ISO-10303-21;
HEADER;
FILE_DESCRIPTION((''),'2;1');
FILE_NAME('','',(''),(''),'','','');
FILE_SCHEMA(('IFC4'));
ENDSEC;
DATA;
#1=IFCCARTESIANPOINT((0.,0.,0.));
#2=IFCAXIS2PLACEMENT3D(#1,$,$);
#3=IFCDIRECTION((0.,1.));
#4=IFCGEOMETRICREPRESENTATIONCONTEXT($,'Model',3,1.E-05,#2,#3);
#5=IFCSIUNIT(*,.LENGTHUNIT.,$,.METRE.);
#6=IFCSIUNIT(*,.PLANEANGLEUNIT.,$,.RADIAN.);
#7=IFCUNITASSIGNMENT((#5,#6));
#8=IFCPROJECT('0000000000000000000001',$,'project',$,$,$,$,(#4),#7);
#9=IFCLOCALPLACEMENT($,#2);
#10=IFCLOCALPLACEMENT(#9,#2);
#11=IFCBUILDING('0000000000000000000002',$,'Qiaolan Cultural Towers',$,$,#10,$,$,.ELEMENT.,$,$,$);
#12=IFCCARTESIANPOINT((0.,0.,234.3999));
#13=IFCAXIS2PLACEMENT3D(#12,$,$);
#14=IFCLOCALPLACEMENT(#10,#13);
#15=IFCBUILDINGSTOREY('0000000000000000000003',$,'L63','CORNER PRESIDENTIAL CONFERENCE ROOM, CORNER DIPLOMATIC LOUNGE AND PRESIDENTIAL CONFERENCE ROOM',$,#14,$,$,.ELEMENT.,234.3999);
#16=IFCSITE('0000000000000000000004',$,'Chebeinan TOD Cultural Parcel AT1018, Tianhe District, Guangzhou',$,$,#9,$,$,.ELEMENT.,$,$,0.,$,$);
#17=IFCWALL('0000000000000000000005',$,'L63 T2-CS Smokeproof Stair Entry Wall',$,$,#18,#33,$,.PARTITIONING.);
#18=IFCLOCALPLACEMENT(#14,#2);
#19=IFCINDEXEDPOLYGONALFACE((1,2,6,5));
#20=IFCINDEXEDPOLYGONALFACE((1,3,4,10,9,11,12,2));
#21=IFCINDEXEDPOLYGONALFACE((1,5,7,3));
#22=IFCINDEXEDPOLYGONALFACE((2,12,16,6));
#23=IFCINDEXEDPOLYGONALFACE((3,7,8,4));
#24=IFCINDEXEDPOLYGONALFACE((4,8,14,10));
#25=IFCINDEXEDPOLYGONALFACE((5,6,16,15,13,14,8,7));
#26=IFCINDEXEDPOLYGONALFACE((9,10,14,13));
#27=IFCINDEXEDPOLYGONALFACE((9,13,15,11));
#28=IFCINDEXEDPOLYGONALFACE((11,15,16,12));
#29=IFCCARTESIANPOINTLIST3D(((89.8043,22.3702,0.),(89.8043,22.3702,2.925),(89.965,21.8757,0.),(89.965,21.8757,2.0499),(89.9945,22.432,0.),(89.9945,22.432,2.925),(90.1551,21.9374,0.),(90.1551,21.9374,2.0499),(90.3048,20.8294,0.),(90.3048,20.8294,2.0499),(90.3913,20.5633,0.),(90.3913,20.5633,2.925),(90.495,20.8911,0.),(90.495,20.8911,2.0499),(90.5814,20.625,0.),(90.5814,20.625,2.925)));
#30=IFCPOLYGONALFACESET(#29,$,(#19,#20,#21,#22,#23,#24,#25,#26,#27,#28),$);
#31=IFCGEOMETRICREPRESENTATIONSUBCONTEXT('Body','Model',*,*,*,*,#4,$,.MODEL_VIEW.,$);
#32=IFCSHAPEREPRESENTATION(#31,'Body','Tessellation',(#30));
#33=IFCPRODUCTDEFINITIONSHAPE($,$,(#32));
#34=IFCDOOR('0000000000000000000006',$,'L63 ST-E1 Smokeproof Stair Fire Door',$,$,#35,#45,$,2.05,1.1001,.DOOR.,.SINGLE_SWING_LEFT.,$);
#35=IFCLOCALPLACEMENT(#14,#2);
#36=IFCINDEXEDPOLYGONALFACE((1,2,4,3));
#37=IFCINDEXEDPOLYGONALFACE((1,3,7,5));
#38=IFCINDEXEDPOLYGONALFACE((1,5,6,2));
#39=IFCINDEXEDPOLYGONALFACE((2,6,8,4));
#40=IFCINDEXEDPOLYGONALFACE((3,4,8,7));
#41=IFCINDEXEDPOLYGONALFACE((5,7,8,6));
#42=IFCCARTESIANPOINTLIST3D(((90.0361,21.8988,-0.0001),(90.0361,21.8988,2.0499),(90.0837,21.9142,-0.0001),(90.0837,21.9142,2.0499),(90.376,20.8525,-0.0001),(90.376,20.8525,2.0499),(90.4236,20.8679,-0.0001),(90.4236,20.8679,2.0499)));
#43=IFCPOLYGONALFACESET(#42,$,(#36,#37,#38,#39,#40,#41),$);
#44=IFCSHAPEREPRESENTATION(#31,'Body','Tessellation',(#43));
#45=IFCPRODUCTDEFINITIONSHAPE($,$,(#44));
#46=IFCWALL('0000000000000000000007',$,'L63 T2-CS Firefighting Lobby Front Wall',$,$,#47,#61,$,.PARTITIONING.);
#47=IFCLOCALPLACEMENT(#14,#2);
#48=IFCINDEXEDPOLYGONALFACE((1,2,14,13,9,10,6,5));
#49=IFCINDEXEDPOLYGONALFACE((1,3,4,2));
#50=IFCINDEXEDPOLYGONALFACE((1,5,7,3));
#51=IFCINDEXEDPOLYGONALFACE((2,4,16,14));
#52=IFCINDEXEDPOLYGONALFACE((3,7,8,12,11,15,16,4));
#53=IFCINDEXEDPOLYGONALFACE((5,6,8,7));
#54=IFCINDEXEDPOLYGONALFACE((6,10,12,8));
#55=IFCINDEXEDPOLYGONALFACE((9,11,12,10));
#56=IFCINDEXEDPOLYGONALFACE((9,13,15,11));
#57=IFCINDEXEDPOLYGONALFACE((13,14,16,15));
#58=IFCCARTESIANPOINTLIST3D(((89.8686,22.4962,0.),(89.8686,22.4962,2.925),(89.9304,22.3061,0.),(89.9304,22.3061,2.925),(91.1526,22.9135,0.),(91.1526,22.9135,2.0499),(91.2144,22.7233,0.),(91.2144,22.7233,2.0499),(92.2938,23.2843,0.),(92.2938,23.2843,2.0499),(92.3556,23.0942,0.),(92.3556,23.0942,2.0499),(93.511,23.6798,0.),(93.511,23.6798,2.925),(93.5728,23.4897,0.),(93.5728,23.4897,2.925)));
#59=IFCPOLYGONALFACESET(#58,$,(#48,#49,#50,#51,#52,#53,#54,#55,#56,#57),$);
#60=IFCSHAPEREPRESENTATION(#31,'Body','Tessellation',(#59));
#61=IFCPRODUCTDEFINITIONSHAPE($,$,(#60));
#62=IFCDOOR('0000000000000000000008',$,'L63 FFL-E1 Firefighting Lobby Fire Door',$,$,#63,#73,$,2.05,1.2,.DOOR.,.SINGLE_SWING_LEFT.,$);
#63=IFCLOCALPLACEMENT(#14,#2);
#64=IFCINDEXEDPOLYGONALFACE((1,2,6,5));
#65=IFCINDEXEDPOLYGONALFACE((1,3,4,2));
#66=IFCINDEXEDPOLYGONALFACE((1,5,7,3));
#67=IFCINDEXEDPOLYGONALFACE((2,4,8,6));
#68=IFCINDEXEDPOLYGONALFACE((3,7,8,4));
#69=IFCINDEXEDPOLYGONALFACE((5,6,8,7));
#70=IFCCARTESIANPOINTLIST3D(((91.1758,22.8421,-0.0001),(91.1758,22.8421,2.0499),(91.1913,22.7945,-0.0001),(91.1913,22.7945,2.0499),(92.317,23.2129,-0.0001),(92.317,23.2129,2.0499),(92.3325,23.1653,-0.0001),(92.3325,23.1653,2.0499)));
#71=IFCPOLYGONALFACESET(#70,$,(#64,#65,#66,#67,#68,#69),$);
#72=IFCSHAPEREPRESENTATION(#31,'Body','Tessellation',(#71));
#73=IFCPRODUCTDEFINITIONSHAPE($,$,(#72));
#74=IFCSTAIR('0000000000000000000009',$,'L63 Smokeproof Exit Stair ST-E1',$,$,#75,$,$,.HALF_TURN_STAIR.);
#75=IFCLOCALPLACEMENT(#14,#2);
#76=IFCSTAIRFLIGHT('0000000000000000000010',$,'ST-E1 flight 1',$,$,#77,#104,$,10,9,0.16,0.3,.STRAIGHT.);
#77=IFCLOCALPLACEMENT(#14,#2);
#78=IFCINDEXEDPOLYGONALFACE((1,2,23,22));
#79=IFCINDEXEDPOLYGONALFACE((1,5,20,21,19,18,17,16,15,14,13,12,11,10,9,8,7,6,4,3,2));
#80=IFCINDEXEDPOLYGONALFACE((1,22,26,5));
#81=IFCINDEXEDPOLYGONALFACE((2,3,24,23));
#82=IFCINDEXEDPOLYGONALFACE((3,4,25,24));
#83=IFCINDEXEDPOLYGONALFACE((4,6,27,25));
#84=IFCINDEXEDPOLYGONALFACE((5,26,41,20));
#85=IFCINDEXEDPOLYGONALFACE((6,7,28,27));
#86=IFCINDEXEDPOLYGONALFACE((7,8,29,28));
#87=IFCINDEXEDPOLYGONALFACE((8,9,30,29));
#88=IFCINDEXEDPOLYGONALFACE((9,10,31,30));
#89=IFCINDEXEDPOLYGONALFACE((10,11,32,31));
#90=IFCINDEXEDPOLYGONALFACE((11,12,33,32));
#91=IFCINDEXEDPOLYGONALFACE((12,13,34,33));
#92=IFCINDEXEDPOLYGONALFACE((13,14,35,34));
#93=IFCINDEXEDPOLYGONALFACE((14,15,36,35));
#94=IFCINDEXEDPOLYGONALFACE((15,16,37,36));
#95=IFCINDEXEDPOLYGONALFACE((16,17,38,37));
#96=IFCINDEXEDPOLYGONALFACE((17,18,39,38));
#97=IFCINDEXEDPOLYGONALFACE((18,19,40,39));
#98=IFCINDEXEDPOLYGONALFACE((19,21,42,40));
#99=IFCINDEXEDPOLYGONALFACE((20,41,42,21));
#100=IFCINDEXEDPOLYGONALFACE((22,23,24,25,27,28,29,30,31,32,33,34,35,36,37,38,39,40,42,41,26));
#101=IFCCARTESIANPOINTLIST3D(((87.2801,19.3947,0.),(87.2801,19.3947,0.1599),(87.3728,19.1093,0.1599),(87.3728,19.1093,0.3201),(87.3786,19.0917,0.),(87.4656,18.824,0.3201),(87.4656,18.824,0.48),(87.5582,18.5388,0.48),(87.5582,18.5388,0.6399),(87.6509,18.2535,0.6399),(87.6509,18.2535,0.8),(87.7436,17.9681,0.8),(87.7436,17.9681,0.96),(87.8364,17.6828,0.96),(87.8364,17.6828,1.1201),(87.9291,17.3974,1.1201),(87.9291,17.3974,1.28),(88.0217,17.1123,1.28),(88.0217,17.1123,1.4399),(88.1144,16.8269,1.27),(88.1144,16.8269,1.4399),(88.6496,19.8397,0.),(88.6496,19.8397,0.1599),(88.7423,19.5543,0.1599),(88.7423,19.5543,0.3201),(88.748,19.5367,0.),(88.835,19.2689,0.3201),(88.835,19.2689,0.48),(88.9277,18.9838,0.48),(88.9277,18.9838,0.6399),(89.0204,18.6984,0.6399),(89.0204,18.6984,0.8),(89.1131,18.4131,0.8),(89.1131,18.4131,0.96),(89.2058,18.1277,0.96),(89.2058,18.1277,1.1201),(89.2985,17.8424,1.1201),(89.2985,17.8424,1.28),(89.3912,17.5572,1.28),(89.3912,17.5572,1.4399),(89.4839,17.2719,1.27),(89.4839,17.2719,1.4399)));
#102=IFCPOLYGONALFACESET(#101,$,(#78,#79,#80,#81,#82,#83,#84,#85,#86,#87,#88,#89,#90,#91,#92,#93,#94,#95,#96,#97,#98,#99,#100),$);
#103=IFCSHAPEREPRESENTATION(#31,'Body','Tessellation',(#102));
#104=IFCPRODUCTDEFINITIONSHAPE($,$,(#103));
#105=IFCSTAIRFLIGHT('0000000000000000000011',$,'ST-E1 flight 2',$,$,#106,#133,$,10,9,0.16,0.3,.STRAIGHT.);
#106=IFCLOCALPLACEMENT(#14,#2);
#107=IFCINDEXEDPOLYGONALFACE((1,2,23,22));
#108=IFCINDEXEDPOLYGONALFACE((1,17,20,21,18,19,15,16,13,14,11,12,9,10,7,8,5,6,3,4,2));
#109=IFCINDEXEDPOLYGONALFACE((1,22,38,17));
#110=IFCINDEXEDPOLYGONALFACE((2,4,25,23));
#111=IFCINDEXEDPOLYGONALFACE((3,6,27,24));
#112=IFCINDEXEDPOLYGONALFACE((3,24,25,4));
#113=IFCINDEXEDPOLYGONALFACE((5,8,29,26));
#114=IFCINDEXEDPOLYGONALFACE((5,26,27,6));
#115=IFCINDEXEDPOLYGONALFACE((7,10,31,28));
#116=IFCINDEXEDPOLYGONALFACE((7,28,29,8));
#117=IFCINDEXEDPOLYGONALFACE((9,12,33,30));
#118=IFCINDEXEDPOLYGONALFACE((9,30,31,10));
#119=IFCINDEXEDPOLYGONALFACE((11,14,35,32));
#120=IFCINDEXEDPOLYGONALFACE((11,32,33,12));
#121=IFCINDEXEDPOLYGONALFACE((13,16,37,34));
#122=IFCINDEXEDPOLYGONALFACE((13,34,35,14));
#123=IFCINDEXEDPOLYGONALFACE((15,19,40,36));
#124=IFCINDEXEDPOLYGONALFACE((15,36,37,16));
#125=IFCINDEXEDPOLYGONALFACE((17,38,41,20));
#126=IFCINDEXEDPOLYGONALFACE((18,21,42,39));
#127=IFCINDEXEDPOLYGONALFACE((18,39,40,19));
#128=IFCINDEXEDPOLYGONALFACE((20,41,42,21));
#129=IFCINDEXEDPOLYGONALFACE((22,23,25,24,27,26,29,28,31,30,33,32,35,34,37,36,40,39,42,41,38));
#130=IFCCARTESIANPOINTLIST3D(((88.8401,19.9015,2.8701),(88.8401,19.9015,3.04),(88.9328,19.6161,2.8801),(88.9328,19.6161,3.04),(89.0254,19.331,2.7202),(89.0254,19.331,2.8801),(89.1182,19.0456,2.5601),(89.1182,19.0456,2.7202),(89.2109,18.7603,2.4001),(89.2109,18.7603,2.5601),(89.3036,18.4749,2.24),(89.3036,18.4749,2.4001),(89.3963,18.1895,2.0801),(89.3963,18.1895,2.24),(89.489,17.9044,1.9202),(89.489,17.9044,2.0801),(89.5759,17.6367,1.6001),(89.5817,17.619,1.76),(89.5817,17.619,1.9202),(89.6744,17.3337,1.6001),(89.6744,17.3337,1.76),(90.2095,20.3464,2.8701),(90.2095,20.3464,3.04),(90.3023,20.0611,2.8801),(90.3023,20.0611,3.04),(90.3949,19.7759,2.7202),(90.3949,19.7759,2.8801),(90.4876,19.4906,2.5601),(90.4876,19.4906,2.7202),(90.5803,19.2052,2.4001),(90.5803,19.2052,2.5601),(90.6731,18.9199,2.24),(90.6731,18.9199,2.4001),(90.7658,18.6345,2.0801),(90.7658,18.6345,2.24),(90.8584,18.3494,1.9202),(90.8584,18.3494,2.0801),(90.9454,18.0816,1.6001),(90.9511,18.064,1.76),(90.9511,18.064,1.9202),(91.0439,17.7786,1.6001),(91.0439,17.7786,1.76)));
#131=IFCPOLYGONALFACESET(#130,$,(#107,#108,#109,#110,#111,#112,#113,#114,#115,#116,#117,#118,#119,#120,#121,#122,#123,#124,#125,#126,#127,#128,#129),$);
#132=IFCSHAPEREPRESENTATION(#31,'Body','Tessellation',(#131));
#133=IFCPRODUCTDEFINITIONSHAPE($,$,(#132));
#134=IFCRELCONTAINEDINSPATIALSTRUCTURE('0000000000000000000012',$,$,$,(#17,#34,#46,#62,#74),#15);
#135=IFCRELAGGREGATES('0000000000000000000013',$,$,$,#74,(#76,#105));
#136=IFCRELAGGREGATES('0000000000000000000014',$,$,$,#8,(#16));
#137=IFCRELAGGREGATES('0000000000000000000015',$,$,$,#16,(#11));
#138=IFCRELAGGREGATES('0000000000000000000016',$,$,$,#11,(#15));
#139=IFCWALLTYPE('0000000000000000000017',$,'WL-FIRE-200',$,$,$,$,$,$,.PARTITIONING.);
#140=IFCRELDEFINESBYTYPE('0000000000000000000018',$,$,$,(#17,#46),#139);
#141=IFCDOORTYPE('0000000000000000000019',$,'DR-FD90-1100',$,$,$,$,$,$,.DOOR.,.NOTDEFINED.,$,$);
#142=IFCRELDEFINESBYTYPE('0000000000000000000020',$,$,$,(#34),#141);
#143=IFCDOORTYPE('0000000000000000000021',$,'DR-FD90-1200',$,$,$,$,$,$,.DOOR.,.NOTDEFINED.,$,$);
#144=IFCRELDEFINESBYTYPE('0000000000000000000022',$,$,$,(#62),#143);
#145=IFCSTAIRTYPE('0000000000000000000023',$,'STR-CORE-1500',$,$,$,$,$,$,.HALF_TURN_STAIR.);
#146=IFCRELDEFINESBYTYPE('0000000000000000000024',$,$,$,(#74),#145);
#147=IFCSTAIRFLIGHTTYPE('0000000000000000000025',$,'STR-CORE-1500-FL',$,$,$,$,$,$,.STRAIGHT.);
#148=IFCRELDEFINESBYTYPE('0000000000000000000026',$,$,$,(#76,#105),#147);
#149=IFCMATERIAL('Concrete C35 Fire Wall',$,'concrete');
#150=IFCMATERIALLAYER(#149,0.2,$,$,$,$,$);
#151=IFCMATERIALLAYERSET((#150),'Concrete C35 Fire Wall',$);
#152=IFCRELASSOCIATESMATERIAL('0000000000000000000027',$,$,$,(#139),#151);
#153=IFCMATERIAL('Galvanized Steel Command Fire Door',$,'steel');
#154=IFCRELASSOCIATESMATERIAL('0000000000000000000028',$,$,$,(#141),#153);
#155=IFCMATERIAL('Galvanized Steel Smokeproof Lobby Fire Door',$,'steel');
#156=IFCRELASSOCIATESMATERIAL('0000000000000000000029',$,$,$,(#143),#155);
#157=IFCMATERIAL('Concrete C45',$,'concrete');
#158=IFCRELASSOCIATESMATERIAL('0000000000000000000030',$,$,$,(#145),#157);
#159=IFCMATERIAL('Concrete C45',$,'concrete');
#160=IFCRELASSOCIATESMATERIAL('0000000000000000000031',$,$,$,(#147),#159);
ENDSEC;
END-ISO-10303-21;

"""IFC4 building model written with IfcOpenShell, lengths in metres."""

from ifc_helpers import new_model, si_unit, direction, frame, frame_2d, origin, place, context, subcontext, project, spatial, polyline, rectangle, outline, extrude, material, layer, layer_set, type_object, element, fill, aggregate, save


model = new_model("IFC4")

# Units and contexts
model_context = context("Model", 3, precision=1e-05, world=origin(), true_north=direction((0.0, 1.0)))
body_context = subcontext(model_context, "Body", "Model", "MODEL_VIEW")
ifc_project = project(units=[si_unit("LENGTHUNIT", "METRE"), si_unit("PLANEANGLEUNIT", "RADIAN")], contexts=[model_context])

# Site, building, storey
site_placement = place(None, origin())
site = spatial("IfcSite", under=ifc_project, at=site_placement, Name="Chebeinan TOD Cultural Parcel AT1018, Tianhe District, Guangzhou", CompositionType="ELEMENT", RefElevation=0.0)
building_placement = place(site_placement, origin())
building = spatial("IfcBuilding", under=site, at=building_placement, Name="Qiaolan Cultural Towers", CompositionType="ELEMENT")
storey_placement = place(building_placement, frame((0.0, 0.0, 234.3999)))
storey = spatial("IfcBuildingStorey", under=building, at=storey_placement, Name="L63", Description="CORNER PRESIDENTIAL CONFERENCE ROOM, CORNER DIPLOMATIC LOUNGE AND PRESIDENTIAL CONFERENCE ROOM", CompositionType="ELEMENT", Elevation=234.3999)

# Walls, openings, doors
ifc_material_1 = material(Name="Concrete C35 Fire Wall", Category="concrete")
ifc_layer_1 = layer(ifc_material_1, 0.2)
ifc_layer_set_1 = layer_set([ifc_layer_1], Name="Concrete C35 Fire Wall")
wall_type_1 = type_object("IfcWallType", Name="WL-FIRE-200", PredefinedType="PARTITIONING", material=ifc_layer_set_1)
wall_1_placement = place(storey_placement, frame((89.8994, 22.4011, 0.0), z_axis=(0.0, 0.0, 1.0), x_axis=(0.308932, -0.951084, 0.0)))
wall_1 = element("IfcWall", 1, at=wall_1_placement, inside=storey, type_object=wall_type_1, Name="L63 T2-CS Smokeproof Stair Entry Wall", PredefinedType="PARTITIONING", context=body_context, shape_type="SweptSolid", body=[
    extrude(rectangle(XDim=1.8999, YDim=0.2, at=frame_2d((0.95, 0.0))), origin(), (0.0, 0.0, 1.0), 2.925),
])
opening_1_placement = place(wall_1_placement, frame((0.52, 0.0, 0.0)))
opening_1 = element("IfcOpeningElement", 2, at=opening_1_placement, cuts=wall_1, PredefinedType="OPENING", context=body_context, shape_type="SweptSolid", body=[
    extrude(rectangle(XDim=1.1001, YDim=2.05, at=frame_2d((0.55, 1.0249))), frame((0.0, 0.1099, 0.0), z_axis=(0.0, -1.0, 0.0), x_axis=(1.0, 0.0, 0.0)), (0.0, 0.0, 1.0), 0.22),
])
ifc_material_2 = material(Name="Galvanized Steel Command Fire Door", Category="steel")
door_type_1 = type_object("IfcDoorType", Name="DR-FD90-1100", OperationType="NOTDEFINED", PredefinedType="DOOR", material=ifc_material_2)
door_1_placement = place(opening_1_placement, origin())
door_1 = element("IfcDoor", 3, at=door_1_placement, inside=storey, type_object=door_type_1, Name="L63 ST-E1 Smokeproof Stair Fire Door", OperationType="SINGLE_SWING_LEFT", OverallHeight=2.05, OverallWidth=1.1001, PredefinedType="DOOR", context=body_context, shape_type="SweptSolid", body=[
    extrude(rectangle(XDim=1.1001, YDim=2.05, at=frame_2d((0.55, 1.0249))), frame((0.0, 0.0249, 0.0), z_axis=(0.0, -1.0, 0.0), x_axis=(1.0, 0.0, 0.0)), (0.0, 0.0, 1.0), 0.05),
])
fill(opening_1, door_1)
wall_2_placement = place(storey_placement, frame((89.8994, 22.4011, 0.0), z_axis=(0.0, 0.0, 1.0), x_axis=(0.951047, 0.309047, 0.0)))
wall_2 = element("IfcWall", 4, at=wall_2_placement, inside=storey, type_object=wall_type_1, Name="L63 T2-CS Firefighting Lobby Front Wall", PredefinedType="PARTITIONING", context=body_context, shape_type="SweptSolid", body=[
    extrude(rectangle(XDim=3.8298, YDim=0.2, at=frame_2d((1.915, 0.0))), origin(), (0.0, 0.0, 1.0), 2.925),
])
opening_2_placement = place(wall_2_placement, frame((1.3501, 0.0, 0.0)))
opening_2 = element("IfcOpeningElement", 5, at=opening_2_placement, cuts=wall_2, PredefinedType="OPENING", context=body_context, shape_type="SweptSolid", body=[
    extrude(rectangle(XDim=1.2, YDim=2.05, at=frame_2d((0.6001, 1.0249))), frame((0.0, 0.1099, 0.0), z_axis=(0.0, -1.0, 0.0), x_axis=(1.0, 0.0, 0.0)), (0.0, 0.0, 1.0), 0.22),
])
ifc_material_3 = material(Name="Galvanized Steel Smokeproof Lobby Fire Door", Category="steel")
door_type_2 = type_object("IfcDoorType", Name="DR-FD90-1200", OperationType="NOTDEFINED", PredefinedType="DOOR", material=ifc_material_3)
door_2_placement = place(opening_2_placement, origin())
door_2 = element("IfcDoor", 6, at=door_2_placement, inside=storey, type_object=door_type_2, Name="L63 FFL-E1 Firefighting Lobby Fire Door", OperationType="SINGLE_SWING_LEFT", OverallHeight=2.05, OverallWidth=1.2, PredefinedType="DOOR", context=body_context, shape_type="SweptSolid", body=[
    extrude(rectangle(XDim=1.2, YDim=2.05, at=frame_2d((0.6001, 1.0249))), frame((0.0, 0.0249, 0.0), z_axis=(0.0, -1.0, 0.0), x_axis=(1.0, 0.0, 0.0)), (0.0, 0.0, 1.0), 0.05),
])
fill(opening_2, door_2)

# Stair, stair flights
ifc_material_4 = material(Name="Concrete C45", Category="concrete")
stair_type = type_object("IfcStairType", Name="STR-CORE-1500", PredefinedType="HALF_TURN_STAIR", material=ifc_material_4)
stair_placement = place(storey_placement, origin())
stair = element("IfcStair", 7, at=stair_placement, inside=storey, type_object=stair_type, Name="L63 Smokeproof Exit Stair ST-E1", PredefinedType="HALF_TURN_STAIR")
ifc_material_5 = material(Name="Concrete C45", Category="concrete")
stair_flight_type = type_object("IfcStairFlightType", Name="STR-CORE-1500-FL", PredefinedType="STRAIGHT", material=ifc_material_5)
stair_flight_1_placement = place(storey_placement, frame((87.9648, 19.6172, 0.0), z_axis=(0.0, 0.0, 1.0), x_axis=(0.309017, -0.951057, 0.0)))
stair_flight_1 = element("IfcStairFlight", 8, at=stair_flight_1_placement, type_object=stair_flight_type, Name="ST-E1 flight 1", NumberOfRisers=10, NumberOfTreads=9, PredefinedType="STRAIGHT", RiserHeight=0.16, TreadLength=0.3, context=body_context, shape_type="SweptSolid", body=[
    extrude(outline(polyline([(0.0, 0.0), (0.0, 0.1599), (0.3, 0.1599), (0.3, 0.3201), (0.6001, 0.3201), (0.6001, 0.48), (0.8999, 0.48), (0.8999, 0.6399), (1.2, 0.6399), (1.2, 0.8), (1.5, 0.8), (1.5, 0.96), (1.8, 0.96), (1.8, 1.1201), (2.1001, 1.1201), (2.1001, 1.28), (2.3999, 1.28), (2.3999, 1.4399), (2.7, 1.4399), (2.7, 1.6001), (2.7, 1.27), (0.3186, 0.0), (0.0, 0.0)])), frame((0.0, 0.72, 0.0), z_axis=(0.0, -1.0, 0.0), x_axis=(1.0, 0.0, 0.0)), (0.0, 0.0, 1.0), 1.4399),
])
stair_flight_2_placement = place(storey_placement, frame((90.3591, 17.5562, 1.6001), z_axis=(0.0, 0.0, 1.0), x_axis=(-0.309017, 0.951057, 0.0)))
stair_flight_2 = element("IfcStairFlight", 9, at=stair_flight_2_placement, type_object=stair_flight_type, Name="ST-E1 flight 2", NumberOfRisers=10, NumberOfTreads=9, PredefinedType="STRAIGHT", RiserHeight=0.16, TreadLength=0.3, context=body_context, shape_type="SweptSolid", body=[
    extrude(outline(polyline([(0.0, 0.0), (0.0, 0.1599), (0.3, 0.1599), (0.3, 0.3201), (0.6001, 0.3201), (0.6001, 0.48), (0.8999, 0.48), (0.8999, 0.6399), (1.2, 0.6399), (1.2, 0.8), (1.5, 0.8), (1.5, 0.96), (1.8, 0.96), (1.8, 1.1201), (2.1001, 1.1201), (2.1001, 1.28), (2.3999, 1.28), (2.3999, 1.4399), (2.7, 1.4399), (2.7, 1.6001), (2.7, 1.27), (0.3186, 0.0), (0.0, 0.0)])), frame((0.0, 0.72, 0.0), z_axis=(0.0, -1.0, 0.0), x_axis=(1.0, 0.0, 0.0)), (0.0, 0.0, 1.0), 1.4399),
])
aggregate(stair, [stair_flight_1, stair_flight_2])

save(model, "model.ifc")
